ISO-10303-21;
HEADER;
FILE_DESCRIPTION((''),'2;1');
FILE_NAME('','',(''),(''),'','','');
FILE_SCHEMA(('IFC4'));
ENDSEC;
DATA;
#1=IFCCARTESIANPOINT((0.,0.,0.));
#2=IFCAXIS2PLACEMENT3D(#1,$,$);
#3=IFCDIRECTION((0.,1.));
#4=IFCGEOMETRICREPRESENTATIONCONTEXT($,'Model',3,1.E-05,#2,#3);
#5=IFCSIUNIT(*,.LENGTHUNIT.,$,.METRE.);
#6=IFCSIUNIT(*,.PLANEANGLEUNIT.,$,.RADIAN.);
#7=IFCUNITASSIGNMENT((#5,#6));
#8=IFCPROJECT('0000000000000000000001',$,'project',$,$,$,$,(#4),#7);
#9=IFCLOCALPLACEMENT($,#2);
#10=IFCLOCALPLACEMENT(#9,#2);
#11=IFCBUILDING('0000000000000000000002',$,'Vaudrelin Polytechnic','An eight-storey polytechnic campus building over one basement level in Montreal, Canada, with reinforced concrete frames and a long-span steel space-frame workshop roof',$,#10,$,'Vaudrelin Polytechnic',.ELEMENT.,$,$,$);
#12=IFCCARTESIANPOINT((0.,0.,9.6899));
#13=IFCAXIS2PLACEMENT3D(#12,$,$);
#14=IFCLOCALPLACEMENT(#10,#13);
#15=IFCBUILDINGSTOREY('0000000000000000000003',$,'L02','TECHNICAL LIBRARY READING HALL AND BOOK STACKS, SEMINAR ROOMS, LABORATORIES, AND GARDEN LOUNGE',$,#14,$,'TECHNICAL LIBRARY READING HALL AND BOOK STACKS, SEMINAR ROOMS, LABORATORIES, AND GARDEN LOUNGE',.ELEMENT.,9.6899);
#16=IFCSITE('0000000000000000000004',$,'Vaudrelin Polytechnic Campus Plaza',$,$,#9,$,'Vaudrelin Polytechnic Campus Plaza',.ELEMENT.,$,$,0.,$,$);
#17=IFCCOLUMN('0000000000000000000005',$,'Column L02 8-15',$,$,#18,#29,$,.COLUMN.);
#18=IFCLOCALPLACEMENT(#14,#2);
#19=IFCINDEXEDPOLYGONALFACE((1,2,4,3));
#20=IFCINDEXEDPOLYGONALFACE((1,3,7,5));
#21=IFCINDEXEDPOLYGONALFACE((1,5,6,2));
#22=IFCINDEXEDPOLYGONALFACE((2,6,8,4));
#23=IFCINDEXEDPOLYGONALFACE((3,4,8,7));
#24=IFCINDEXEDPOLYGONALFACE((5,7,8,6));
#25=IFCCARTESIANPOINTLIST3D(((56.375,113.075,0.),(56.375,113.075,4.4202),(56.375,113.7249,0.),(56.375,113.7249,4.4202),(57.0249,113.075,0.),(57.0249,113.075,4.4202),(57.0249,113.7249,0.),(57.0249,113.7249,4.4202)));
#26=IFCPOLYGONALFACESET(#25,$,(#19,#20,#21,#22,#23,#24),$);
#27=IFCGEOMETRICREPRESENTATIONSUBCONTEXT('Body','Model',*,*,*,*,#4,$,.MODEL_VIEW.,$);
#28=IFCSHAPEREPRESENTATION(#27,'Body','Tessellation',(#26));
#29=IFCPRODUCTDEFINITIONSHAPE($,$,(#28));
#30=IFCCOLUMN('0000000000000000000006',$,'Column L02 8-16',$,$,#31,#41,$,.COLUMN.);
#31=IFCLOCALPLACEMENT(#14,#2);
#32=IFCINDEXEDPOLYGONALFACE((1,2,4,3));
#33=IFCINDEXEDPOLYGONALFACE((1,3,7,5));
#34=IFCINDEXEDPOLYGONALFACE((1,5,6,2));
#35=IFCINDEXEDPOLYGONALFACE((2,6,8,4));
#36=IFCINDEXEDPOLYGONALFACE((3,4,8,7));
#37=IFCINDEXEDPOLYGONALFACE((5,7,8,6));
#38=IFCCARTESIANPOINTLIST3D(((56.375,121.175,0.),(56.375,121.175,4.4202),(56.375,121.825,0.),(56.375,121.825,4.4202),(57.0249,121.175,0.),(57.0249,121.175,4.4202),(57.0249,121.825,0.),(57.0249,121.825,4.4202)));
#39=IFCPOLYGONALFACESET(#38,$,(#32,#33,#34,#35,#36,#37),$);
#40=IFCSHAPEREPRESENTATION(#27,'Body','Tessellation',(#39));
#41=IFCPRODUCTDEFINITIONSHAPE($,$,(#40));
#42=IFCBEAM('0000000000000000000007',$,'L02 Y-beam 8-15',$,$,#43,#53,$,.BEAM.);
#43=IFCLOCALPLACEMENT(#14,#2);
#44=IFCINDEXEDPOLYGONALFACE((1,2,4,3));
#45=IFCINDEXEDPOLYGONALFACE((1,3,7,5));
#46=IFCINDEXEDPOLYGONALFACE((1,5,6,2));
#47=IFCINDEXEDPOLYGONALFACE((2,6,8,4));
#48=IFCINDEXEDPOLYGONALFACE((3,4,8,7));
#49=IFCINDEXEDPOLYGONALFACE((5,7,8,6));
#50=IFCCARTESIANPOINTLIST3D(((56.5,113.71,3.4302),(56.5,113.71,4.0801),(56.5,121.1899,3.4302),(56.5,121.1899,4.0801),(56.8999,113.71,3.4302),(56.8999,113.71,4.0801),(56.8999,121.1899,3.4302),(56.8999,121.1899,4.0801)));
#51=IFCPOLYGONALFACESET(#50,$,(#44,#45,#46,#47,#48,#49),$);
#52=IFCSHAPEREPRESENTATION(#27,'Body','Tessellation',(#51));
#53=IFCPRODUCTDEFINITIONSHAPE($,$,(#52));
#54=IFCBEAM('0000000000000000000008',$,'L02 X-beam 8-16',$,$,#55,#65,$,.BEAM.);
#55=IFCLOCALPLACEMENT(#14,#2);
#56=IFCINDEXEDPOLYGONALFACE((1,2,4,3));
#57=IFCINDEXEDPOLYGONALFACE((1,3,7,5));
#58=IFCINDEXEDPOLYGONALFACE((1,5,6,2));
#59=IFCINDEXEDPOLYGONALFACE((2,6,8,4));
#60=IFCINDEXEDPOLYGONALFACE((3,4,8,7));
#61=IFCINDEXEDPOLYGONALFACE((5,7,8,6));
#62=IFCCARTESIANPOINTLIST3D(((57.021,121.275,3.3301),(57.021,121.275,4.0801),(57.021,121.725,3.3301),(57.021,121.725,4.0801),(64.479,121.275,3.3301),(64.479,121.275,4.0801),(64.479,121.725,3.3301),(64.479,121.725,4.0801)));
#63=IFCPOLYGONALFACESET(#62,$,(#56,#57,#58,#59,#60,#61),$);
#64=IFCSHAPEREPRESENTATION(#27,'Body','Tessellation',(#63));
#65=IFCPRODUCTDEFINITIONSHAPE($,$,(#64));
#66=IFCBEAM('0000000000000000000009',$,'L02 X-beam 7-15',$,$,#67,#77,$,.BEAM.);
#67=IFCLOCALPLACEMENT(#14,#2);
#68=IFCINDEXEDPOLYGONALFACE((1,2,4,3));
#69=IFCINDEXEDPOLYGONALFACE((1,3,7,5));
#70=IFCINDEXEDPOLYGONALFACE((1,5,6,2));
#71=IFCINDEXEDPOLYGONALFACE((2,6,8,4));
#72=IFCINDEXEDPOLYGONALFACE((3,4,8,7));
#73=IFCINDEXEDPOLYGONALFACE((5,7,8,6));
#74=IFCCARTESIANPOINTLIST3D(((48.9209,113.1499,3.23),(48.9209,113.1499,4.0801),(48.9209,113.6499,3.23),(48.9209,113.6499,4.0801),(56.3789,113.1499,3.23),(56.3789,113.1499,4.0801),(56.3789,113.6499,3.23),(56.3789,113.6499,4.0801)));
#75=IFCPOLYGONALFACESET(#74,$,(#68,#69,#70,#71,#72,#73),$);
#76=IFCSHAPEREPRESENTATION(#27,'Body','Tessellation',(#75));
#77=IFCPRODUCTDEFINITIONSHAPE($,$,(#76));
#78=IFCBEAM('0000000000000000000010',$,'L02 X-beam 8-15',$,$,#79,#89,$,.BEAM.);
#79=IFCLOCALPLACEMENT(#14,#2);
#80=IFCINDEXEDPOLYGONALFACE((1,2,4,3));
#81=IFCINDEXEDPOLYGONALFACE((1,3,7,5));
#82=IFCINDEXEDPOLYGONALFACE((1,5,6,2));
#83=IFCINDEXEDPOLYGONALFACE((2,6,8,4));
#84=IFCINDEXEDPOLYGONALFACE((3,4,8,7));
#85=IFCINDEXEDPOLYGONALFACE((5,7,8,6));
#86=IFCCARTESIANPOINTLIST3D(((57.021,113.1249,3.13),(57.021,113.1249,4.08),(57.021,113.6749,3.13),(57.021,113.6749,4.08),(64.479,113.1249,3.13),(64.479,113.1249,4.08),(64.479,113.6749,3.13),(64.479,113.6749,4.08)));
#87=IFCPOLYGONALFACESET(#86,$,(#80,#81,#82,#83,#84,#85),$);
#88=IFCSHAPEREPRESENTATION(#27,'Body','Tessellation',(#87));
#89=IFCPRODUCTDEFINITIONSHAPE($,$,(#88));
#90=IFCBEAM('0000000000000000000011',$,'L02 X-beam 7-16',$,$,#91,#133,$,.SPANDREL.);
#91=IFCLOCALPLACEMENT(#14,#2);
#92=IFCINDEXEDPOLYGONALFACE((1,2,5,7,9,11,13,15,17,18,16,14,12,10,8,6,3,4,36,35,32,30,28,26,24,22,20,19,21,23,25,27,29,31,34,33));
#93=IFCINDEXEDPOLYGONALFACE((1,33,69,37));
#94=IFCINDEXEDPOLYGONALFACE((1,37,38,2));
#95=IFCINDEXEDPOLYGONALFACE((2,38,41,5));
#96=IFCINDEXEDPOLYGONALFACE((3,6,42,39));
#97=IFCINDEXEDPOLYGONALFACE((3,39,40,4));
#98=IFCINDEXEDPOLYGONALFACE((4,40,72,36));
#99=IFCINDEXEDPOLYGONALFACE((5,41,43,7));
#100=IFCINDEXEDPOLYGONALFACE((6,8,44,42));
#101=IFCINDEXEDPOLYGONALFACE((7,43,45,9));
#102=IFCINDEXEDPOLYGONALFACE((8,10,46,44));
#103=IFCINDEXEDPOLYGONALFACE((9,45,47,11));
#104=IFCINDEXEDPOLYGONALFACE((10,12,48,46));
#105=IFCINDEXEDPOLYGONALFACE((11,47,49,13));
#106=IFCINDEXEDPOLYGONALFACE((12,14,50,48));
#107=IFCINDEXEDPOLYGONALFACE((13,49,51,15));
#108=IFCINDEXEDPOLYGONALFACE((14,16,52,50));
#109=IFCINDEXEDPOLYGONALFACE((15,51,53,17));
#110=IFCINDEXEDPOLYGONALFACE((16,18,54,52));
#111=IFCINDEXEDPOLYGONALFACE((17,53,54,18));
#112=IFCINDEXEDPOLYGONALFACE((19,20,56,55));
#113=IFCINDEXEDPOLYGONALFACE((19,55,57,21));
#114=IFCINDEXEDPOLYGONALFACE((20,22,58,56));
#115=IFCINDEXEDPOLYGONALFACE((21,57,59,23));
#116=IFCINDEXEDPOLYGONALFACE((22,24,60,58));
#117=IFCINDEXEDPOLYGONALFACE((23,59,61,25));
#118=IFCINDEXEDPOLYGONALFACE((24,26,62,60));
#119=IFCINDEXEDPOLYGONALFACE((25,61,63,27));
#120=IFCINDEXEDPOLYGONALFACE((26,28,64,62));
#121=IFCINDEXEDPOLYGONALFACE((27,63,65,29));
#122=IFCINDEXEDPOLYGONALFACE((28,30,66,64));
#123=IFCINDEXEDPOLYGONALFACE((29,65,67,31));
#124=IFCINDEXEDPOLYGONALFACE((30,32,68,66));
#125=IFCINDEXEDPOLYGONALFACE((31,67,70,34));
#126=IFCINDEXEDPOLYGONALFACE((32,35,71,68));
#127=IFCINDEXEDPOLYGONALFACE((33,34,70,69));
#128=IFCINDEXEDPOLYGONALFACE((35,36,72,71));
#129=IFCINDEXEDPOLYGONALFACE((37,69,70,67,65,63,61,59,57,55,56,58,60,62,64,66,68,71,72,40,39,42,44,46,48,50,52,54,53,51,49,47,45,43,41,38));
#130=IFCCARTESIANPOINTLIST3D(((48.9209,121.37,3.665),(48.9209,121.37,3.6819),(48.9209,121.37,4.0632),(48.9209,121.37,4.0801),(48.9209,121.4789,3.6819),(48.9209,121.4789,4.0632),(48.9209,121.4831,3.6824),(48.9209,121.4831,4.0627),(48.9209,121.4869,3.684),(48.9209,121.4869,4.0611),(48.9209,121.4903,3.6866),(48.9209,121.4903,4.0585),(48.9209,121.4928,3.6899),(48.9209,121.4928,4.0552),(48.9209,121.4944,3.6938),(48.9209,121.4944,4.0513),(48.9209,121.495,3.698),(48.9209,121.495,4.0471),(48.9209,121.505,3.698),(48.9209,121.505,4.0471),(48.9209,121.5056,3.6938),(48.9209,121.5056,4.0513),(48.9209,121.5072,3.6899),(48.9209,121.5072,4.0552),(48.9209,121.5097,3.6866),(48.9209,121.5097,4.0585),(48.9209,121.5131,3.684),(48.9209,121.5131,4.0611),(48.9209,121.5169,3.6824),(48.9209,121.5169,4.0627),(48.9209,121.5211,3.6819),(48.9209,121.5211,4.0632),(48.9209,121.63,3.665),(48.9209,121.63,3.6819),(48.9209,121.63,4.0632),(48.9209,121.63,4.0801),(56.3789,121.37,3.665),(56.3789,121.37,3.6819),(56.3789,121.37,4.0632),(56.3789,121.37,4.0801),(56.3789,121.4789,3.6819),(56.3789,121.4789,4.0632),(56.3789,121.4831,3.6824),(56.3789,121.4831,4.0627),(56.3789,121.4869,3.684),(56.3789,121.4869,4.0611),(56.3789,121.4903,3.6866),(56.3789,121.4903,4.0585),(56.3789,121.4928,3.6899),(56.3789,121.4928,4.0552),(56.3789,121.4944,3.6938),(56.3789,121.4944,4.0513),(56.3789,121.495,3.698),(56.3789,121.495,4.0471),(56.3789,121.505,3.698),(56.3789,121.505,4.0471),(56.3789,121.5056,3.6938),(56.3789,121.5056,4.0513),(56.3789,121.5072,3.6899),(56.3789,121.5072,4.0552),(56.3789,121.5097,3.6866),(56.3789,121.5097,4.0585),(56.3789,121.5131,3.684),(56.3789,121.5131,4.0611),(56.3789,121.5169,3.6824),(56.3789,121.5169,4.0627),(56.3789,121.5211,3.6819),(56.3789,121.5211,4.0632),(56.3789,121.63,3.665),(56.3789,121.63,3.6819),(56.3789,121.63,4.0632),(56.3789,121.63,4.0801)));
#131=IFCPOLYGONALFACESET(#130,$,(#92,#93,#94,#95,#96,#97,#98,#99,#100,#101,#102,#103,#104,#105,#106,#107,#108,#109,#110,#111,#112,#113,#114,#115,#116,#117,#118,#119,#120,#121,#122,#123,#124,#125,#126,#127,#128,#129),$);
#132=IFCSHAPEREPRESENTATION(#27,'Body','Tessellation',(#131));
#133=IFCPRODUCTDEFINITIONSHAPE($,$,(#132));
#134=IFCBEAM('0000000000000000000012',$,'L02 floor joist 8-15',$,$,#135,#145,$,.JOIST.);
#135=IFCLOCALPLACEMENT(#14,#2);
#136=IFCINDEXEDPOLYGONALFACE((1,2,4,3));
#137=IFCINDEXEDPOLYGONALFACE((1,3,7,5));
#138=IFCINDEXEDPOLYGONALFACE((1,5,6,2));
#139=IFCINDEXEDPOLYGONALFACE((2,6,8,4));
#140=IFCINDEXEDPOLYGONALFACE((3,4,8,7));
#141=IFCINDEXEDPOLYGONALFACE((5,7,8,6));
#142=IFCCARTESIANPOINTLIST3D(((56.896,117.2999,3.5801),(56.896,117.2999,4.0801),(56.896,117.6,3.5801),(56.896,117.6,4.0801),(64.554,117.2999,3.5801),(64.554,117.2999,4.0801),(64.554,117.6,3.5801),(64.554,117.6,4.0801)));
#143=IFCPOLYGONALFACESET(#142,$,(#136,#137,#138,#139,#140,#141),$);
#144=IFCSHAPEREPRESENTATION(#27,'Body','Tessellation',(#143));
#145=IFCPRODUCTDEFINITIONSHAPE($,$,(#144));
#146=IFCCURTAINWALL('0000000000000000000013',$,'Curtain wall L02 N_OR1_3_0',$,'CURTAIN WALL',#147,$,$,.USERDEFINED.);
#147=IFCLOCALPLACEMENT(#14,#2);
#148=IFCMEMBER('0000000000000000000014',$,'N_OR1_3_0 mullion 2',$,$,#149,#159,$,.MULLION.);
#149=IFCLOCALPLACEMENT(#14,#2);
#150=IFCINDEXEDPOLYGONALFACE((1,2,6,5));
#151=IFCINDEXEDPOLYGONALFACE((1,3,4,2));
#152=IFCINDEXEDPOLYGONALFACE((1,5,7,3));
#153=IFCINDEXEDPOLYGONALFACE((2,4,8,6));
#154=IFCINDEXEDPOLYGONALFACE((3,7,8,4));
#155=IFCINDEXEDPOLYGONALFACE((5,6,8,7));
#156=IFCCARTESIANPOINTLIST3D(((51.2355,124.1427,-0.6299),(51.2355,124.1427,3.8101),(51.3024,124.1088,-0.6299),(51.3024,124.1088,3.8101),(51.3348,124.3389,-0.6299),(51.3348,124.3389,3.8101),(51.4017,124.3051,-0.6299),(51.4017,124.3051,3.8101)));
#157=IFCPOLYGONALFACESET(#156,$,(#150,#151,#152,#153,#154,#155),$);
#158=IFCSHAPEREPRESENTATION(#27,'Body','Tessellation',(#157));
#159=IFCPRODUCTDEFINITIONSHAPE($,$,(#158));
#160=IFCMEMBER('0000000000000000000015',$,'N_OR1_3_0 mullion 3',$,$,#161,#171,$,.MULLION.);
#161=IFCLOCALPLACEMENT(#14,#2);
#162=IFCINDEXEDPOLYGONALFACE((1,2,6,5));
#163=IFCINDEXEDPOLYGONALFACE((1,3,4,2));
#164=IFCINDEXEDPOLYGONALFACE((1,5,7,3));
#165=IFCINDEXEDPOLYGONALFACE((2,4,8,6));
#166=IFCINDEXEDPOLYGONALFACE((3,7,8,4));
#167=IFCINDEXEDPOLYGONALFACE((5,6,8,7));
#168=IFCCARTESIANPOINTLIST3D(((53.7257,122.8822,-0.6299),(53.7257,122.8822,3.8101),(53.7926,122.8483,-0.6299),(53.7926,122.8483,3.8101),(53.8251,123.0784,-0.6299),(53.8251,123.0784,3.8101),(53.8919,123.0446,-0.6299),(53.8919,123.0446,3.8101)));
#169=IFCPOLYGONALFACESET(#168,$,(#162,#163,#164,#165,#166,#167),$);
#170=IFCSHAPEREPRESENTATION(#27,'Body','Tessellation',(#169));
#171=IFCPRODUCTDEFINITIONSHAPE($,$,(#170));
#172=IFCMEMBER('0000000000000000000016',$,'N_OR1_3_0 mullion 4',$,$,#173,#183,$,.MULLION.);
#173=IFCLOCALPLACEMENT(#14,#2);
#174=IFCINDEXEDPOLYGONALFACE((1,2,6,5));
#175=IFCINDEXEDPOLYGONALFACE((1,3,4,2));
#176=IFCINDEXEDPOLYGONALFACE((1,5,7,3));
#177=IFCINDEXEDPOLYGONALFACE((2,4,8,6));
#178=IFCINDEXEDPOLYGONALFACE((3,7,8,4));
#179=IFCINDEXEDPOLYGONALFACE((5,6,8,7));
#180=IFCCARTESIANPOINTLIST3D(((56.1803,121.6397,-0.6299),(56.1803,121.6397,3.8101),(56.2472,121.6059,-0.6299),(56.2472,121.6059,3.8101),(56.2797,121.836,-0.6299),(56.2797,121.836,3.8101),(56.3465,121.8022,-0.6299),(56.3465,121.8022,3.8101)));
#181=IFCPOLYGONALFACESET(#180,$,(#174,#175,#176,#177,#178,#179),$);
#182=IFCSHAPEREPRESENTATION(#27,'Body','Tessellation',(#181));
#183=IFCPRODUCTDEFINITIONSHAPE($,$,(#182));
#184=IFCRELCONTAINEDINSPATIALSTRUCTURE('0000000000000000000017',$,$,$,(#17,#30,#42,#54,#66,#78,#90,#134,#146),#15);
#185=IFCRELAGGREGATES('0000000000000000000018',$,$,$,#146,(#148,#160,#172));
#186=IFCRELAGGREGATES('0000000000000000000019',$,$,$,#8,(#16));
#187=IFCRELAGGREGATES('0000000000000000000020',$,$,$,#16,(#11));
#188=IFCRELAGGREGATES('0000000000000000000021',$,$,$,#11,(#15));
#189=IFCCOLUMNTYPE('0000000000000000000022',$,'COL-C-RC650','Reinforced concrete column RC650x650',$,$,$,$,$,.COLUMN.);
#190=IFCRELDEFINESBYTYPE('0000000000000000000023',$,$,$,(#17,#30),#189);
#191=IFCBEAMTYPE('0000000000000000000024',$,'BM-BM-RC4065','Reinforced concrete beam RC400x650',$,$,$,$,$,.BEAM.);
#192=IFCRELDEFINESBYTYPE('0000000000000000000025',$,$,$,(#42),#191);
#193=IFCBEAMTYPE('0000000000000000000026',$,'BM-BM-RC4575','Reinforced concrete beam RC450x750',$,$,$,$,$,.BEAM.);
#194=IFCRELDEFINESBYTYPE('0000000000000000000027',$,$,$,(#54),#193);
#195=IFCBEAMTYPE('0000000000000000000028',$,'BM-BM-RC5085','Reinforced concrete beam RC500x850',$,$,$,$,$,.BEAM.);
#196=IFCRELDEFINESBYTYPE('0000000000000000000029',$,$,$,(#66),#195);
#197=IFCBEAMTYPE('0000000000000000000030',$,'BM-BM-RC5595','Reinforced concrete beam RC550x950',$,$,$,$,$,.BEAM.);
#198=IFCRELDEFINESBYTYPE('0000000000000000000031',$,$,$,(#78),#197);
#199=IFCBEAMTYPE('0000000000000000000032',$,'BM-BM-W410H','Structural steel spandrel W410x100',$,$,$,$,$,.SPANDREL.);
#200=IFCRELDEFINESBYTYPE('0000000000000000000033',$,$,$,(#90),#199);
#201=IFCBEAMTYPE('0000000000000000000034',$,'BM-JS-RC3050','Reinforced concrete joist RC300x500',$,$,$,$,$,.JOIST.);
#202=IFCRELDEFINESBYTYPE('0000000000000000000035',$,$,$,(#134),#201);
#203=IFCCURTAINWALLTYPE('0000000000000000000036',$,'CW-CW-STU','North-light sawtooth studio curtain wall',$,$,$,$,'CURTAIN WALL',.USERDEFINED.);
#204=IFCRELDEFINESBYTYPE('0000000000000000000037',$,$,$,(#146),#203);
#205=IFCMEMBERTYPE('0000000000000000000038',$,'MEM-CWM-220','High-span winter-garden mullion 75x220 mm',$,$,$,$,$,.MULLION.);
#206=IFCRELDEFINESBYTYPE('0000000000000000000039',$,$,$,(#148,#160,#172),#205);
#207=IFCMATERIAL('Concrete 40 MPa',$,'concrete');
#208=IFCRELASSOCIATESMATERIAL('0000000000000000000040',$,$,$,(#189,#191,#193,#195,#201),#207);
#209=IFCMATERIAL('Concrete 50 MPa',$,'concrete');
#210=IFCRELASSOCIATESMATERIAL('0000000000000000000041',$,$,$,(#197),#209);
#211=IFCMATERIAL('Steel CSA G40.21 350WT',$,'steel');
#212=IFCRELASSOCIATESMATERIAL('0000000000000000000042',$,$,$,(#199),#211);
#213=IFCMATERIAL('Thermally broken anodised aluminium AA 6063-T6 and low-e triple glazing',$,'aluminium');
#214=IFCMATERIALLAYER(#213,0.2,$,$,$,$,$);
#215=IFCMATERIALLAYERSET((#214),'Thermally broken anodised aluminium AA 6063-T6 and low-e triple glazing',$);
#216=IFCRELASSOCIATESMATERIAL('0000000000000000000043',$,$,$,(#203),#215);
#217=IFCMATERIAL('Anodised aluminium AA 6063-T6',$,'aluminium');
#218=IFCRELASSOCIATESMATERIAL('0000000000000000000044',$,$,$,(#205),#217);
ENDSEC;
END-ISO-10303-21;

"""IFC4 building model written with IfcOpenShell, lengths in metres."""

from ifc_helpers import new_model, si_unit, direction, frame, origin, origin_2d, place, context, subcontext, project, spatial, rectangle, i_section, extrude, material, layer, layer_set, material_profile, profile_set, type_object, element, aggregate, save


model = new_model("IFC4")

# Units and contexts
model_context = context("Model", 3, precision=1e-05, world=origin(), true_north=direction((0.0, 1.0)))
body_context = subcontext(model_context, "Body", "Model", "MODEL_VIEW")
ifc_project = project(units=[si_unit("LENGTHUNIT", "METRE"), si_unit("PLANEANGLEUNIT", "RADIAN")], contexts=[model_context])

# Site, building, storey
site_placement = place(None, origin())
site = spatial("IfcSite", under=ifc_project, at=site_placement, Name="Vaudrelin Polytechnic Campus Plaza", LongName="Vaudrelin Polytechnic Campus Plaza", CompositionType="ELEMENT", RefElevation=0.0)
building_placement = place(site_placement, origin())
building = spatial("IfcBuilding", under=site, at=building_placement, Name="Vaudrelin Polytechnic", Description="An eight-storey polytechnic campus building over one basement level in Montreal, Canada, with reinforced concrete frames and a long-span steel space-frame workshop roof", LongName="Vaudrelin Polytechnic", CompositionType="ELEMENT")
storey_placement = place(building_placement, frame((0.0, 0.0, 9.6899)))
storey = spatial("IfcBuildingStorey", under=building, at=storey_placement, Name="L02", Description="TECHNICAL LIBRARY READING HALL AND BOOK STACKS, SEMINAR ROOMS, LABORATORIES, AND GARDEN LOUNGE", LongName="TECHNICAL LIBRARY READING HALL AND BOOK STACKS, SEMINAR ROOMS, LABORATORIES, AND GARDEN LOUNGE", CompositionType="ELEMENT", Elevation=9.6899)

# Columns
ifc_material_1 = material(Name="Concrete 40 MPa", Category="concrete")
ifc_material_profile_1 = material_profile(ifc_material_1, rectangle(XDim=0.6499, YDim=0.6499, at=origin_2d()), Name="RC650x650")
ifc_profile_set_1 = profile_set([ifc_material_profile_1], Name="Concrete 40 MPa")
column_type = type_object("IfcColumnType", Name="COL-C-RC650", Description="Reinforced concrete column RC650x650", PredefinedType="COLUMN", material=ifc_profile_set_1)
for number, where, z_axis, x_axis, name in (
    (1, (56.7, 113.3999, 0.0), (0.0, 0.0, 1.0), (1.0, 0.0, 0.0), "Column L02 8-15"),
    (2, (56.7, 121.5, 0.0), (0.0, 0.0, 1.0), (1.0, 0.0, 0.0), "Column L02 8-16"),
):
    element("IfcColumn", number, at=place(storey_placement, frame(where, z_axis=z_axis, x_axis=x_axis)), inside=storey, type_object=column_type, Name=name, PredefinedType="COLUMN", context=body_context, shape_type="SweptSolid", body=[
        extrude(rectangle(XDim=0.6499, YDim=0.6499, at=origin_2d()), origin(), (0.0, 0.0, 1.0), 4.4202),
    ])

# Beams
ifc_material_profile_2 = material_profile(ifc_material_1, rectangle(XDim=0.3999, YDim=0.6499, at=origin_2d()), Name="RC400x650")
ifc_profile_set_2 = profile_set([ifc_material_profile_2], Name="Concrete 40 MPa")
beam_type_1 = type_object("IfcBeamType", Name="BM-BM-RC4065", Description="Reinforced concrete beam RC400x650", PredefinedType="BEAM", material=ifc_profile_set_2)
beam_1_placement = place(storey_placement, frame((56.7, 113.71, 3.7551), z_axis=(0.0, 1.0, 0.0), x_axis=(-1.0, 0.0, 0.0)))
element("IfcBeam", 3, at=beam_1_placement, inside=storey, type_object=beam_type_1, Name="L02 Y-beam 8-15", PredefinedType="BEAM", context=body_context, shape_type="SweptSolid", body=[
    extrude(rectangle(XDim=0.3999, YDim=0.6499, at=origin_2d()), origin(), (0.0, 0.0, 1.0), 7.48),
])
ifc_material_profile_3 = material_profile(ifc_material_1, rectangle(XDim=0.45, YDim=0.75, at=origin_2d()), Name="RC450x750")
ifc_profile_set_3 = profile_set([ifc_material_profile_3], Name="Concrete 40 MPa")
beam_type_2 = type_object("IfcBeamType", Name="BM-BM-RC4575", Description="Reinforced concrete beam RC450x750", PredefinedType="BEAM", material=ifc_profile_set_3)
beam_2_placement = place(storey_placement, frame((57.021, 121.5, 3.7051), z_axis=(1.0, 0.0, 0.0), x_axis=(0.0, 1.0, 0.0)))
element("IfcBeam", 4, at=beam_2_placement, inside=storey, type_object=beam_type_2, Name="L02 X-beam 8-16", PredefinedType="BEAM", context=body_context, shape_type="SweptSolid", body=[
    extrude(rectangle(XDim=0.45, YDim=0.75, at=origin_2d()), origin(), (0.0, 0.0, 1.0), 7.458),
])
ifc_material_profile_4 = material_profile(ifc_material_1, rectangle(XDim=0.5, YDim=0.8501, at=origin_2d()), Name="RC500x850")
ifc_profile_set_4 = profile_set([ifc_material_profile_4], Name="Concrete 40 MPa")
beam_type_3 = type_object("IfcBeamType", Name="BM-BM-RC5085", Description="Reinforced concrete beam RC500x850", PredefinedType="BEAM", material=ifc_profile_set_4)
beam_3_placement = place(storey_placement, frame((48.9209, 113.3999, 3.655), z_axis=(1.0, 0.0, 0.0), x_axis=(0.0, 1.0, 0.0)))
element("IfcBeam", 5, at=beam_3_placement, inside=storey, type_object=beam_type_3, Name="L02 X-beam 7-15", PredefinedType="BEAM", context=body_context, shape_type="SweptSolid", body=[
    extrude(rectangle(XDim=0.5, YDim=0.8501, at=origin_2d()), origin(), (0.0, 0.0, 1.0), 7.458),
])
ifc_material_2 = material(Name="Concrete 50 MPa", Category="concrete")
ifc_material_profile_5 = material_profile(ifc_material_2, rectangle(XDim=0.55, YDim=0.95, at=origin_2d()), Name="RC550x950")
ifc_profile_set_5 = profile_set([ifc_material_profile_5], Name="Concrete 50 MPa")
beam_type_4 = type_object("IfcBeamType", Name="BM-BM-RC5595", Description="Reinforced concrete beam RC550x950", PredefinedType="BEAM", material=ifc_profile_set_5)
beam_4_placement = place(storey_placement, frame((57.021, 113.3999, 3.605), z_axis=(1.0, 0.0, 0.0), x_axis=(0.0, 1.0, 0.0)))
element("IfcBeam", 6, at=beam_4_placement, inside=storey, type_object=beam_type_4, Name="L02 X-beam 8-15", PredefinedType="BEAM", context=body_context, shape_type="SweptSolid", body=[
    extrude(rectangle(XDim=0.55, YDim=0.95, at=origin_2d()), origin(), (0.0, 0.0, 1.0), 7.458),
])
ifc_material_3 = material(Name="Steel CSA G40.21 350WT", Category="steel")
ifc_material_profile_6 = material_profile(ifc_material_3, i_section(OverallWidth=0.26, OverallDepth=0.415, WebThickness=0.01, FlangeThickness=0.0168, FilletRadius=0.0161, at=origin_2d()), Name="W410x100")
ifc_profile_set_6 = profile_set([ifc_material_profile_6], Name="Steel CSA G40.21 350WT")
beam_type_5 = type_object("IfcBeamType", Name="BM-BM-W410H", Description="Structural steel spandrel W410x100", PredefinedType="SPANDREL", material=ifc_profile_set_6)
beam_5_placement = place(storey_placement, frame((48.9209, 121.5, 3.8726), z_axis=(1.0, 0.0, 0.0), x_axis=(0.0, 1.0, 0.0)))
element("IfcBeam", 7, at=beam_5_placement, inside=storey, type_object=beam_type_5, Name="L02 X-beam 7-16", PredefinedType="SPANDREL", context=body_context, shape_type="SweptSolid", body=[
    extrude(i_section(OverallWidth=0.26, OverallDepth=0.415, WebThickness=0.01, FlangeThickness=0.0168, FilletRadius=0.0161, at=origin_2d()), origin(), (0.0, 0.0, 1.0), 7.458),
])
ifc_material_profile_7 = material_profile(ifc_material_1, rectangle(XDim=0.3, YDim=0.5, at=origin_2d()), Name="RC300x500")
ifc_profile_set_7 = profile_set([ifc_material_profile_7], Name="Concrete 40 MPa")
beam_type_6 = type_object("IfcBeamType", Name="BM-JS-RC3050", Description="Reinforced concrete joist RC300x500", PredefinedType="JOIST", material=ifc_profile_set_7)
beam_6_placement = place(storey_placement, frame((56.896, 117.45, 3.8301), z_axis=(1.0, 0.0, 0.0), x_axis=(0.0, 1.0, 0.0)))
element("IfcBeam", 8, at=beam_6_placement, inside=storey, type_object=beam_type_6, Name="L02 floor joist 8-15", PredefinedType="JOIST", context=body_context, shape_type="SweptSolid", body=[
    extrude(rectangle(XDim=0.3, YDim=0.5, at=origin_2d()), origin(), (0.0, 0.0, 1.0), 7.658),
])

# Curtain wall, members
ifc_material_4 = material(Name="Thermally broken anodised aluminium AA 6063-T6 and low-e triple glazing", Category="aluminium")
ifc_layer_1 = layer(ifc_material_4, 0.2)
ifc_layer_set_1 = layer_set([ifc_layer_1], Name="Thermally broken anodised aluminium AA 6063-T6 and low-e triple glazing")
curtain_wall_type = type_object("IfcCurtainWallType", Name="CW-CW-STU", Description="North-light sawtooth studio curtain wall", ElementType="CURTAIN WALL", PredefinedType="USERDEFINED", material=ifc_layer_set_1)
curtain_wall_placement = place(storey_placement, origin())
curtain_wall = element("IfcCurtainWall", 9, at=curtain_wall_placement, inside=storey, type_object=curtain_wall_type, Name="Curtain wall L02 N_OR1_3_0", ObjectType="CURTAIN WALL", PredefinedType="USERDEFINED")
ifc_material_5 = material(Name="Anodised aluminium AA 6063-T6", Category="aluminium")
ifc_material_profile_8 = material_profile(ifc_material_5, rectangle(XDim=0.075, YDim=0.22, at=origin_2d()), Name="CWM-75x220")
ifc_profile_set_8 = profile_set([ifc_material_profile_8], Name="Anodised aluminium AA 6063-T6")
member_type = type_object("IfcMemberType", Name="MEM-CWM-220", Description="High-span winter-garden mullion 75x220 mm", PredefinedType="MULLION", material=ifc_profile_set_8)
member_1_placement = place(storey_placement, frame((51.3186, 124.2239, -0.6299), z_axis=(0.0, 0.0, 1.0), x_axis=(0.892217, -0.451608, 0.0)))
member_1 = element("IfcMember", 10, at=member_1_placement, type_object=member_type, Name="N_OR1_3_0 mullion 2", PredefinedType="MULLION", context=body_context, shape_type="SweptSolid", body=[
    extrude(rectangle(XDim=0.075, YDim=0.22, at=origin_2d()), origin(), (0.0, 0.0, 1.0), 4.4399),
])
member_2_placement = place(storey_placement, frame((53.8088, 122.9634, -0.6299), z_axis=(0.0, 0.0, 1.0), x_axis=(0.892217, -0.451608, 0.0)))
member_2 = element("IfcMember", 11, at=member_2_placement, type_object=member_type, Name="N_OR1_3_0 mullion 3", PredefinedType="MULLION", context=body_context, shape_type="SweptSolid", body=[
    extrude(rectangle(XDim=0.075, YDim=0.22, at=origin_2d()), origin(), (0.0, 0.0, 1.0), 4.4399),
])
member_3_placement = place(storey_placement, frame((56.2634, 121.7209, -0.6299), z_axis=(0.0, 0.0, 1.0), x_axis=(0.892217, -0.451608, 0.0)))
member_3 = element("IfcMember", 12, at=member_3_placement, type_object=member_type, Name="N_OR1_3_0 mullion 4", PredefinedType="MULLION", context=body_context, shape_type="SweptSolid", body=[
    extrude(rectangle(XDim=0.075, YDim=0.22, at=origin_2d()), origin(), (0.0, 0.0, 1.0), 4.4399),
])
aggregate(curtain_wall, [member_1, member_2, member_3])

save(model, "model.ifc")
